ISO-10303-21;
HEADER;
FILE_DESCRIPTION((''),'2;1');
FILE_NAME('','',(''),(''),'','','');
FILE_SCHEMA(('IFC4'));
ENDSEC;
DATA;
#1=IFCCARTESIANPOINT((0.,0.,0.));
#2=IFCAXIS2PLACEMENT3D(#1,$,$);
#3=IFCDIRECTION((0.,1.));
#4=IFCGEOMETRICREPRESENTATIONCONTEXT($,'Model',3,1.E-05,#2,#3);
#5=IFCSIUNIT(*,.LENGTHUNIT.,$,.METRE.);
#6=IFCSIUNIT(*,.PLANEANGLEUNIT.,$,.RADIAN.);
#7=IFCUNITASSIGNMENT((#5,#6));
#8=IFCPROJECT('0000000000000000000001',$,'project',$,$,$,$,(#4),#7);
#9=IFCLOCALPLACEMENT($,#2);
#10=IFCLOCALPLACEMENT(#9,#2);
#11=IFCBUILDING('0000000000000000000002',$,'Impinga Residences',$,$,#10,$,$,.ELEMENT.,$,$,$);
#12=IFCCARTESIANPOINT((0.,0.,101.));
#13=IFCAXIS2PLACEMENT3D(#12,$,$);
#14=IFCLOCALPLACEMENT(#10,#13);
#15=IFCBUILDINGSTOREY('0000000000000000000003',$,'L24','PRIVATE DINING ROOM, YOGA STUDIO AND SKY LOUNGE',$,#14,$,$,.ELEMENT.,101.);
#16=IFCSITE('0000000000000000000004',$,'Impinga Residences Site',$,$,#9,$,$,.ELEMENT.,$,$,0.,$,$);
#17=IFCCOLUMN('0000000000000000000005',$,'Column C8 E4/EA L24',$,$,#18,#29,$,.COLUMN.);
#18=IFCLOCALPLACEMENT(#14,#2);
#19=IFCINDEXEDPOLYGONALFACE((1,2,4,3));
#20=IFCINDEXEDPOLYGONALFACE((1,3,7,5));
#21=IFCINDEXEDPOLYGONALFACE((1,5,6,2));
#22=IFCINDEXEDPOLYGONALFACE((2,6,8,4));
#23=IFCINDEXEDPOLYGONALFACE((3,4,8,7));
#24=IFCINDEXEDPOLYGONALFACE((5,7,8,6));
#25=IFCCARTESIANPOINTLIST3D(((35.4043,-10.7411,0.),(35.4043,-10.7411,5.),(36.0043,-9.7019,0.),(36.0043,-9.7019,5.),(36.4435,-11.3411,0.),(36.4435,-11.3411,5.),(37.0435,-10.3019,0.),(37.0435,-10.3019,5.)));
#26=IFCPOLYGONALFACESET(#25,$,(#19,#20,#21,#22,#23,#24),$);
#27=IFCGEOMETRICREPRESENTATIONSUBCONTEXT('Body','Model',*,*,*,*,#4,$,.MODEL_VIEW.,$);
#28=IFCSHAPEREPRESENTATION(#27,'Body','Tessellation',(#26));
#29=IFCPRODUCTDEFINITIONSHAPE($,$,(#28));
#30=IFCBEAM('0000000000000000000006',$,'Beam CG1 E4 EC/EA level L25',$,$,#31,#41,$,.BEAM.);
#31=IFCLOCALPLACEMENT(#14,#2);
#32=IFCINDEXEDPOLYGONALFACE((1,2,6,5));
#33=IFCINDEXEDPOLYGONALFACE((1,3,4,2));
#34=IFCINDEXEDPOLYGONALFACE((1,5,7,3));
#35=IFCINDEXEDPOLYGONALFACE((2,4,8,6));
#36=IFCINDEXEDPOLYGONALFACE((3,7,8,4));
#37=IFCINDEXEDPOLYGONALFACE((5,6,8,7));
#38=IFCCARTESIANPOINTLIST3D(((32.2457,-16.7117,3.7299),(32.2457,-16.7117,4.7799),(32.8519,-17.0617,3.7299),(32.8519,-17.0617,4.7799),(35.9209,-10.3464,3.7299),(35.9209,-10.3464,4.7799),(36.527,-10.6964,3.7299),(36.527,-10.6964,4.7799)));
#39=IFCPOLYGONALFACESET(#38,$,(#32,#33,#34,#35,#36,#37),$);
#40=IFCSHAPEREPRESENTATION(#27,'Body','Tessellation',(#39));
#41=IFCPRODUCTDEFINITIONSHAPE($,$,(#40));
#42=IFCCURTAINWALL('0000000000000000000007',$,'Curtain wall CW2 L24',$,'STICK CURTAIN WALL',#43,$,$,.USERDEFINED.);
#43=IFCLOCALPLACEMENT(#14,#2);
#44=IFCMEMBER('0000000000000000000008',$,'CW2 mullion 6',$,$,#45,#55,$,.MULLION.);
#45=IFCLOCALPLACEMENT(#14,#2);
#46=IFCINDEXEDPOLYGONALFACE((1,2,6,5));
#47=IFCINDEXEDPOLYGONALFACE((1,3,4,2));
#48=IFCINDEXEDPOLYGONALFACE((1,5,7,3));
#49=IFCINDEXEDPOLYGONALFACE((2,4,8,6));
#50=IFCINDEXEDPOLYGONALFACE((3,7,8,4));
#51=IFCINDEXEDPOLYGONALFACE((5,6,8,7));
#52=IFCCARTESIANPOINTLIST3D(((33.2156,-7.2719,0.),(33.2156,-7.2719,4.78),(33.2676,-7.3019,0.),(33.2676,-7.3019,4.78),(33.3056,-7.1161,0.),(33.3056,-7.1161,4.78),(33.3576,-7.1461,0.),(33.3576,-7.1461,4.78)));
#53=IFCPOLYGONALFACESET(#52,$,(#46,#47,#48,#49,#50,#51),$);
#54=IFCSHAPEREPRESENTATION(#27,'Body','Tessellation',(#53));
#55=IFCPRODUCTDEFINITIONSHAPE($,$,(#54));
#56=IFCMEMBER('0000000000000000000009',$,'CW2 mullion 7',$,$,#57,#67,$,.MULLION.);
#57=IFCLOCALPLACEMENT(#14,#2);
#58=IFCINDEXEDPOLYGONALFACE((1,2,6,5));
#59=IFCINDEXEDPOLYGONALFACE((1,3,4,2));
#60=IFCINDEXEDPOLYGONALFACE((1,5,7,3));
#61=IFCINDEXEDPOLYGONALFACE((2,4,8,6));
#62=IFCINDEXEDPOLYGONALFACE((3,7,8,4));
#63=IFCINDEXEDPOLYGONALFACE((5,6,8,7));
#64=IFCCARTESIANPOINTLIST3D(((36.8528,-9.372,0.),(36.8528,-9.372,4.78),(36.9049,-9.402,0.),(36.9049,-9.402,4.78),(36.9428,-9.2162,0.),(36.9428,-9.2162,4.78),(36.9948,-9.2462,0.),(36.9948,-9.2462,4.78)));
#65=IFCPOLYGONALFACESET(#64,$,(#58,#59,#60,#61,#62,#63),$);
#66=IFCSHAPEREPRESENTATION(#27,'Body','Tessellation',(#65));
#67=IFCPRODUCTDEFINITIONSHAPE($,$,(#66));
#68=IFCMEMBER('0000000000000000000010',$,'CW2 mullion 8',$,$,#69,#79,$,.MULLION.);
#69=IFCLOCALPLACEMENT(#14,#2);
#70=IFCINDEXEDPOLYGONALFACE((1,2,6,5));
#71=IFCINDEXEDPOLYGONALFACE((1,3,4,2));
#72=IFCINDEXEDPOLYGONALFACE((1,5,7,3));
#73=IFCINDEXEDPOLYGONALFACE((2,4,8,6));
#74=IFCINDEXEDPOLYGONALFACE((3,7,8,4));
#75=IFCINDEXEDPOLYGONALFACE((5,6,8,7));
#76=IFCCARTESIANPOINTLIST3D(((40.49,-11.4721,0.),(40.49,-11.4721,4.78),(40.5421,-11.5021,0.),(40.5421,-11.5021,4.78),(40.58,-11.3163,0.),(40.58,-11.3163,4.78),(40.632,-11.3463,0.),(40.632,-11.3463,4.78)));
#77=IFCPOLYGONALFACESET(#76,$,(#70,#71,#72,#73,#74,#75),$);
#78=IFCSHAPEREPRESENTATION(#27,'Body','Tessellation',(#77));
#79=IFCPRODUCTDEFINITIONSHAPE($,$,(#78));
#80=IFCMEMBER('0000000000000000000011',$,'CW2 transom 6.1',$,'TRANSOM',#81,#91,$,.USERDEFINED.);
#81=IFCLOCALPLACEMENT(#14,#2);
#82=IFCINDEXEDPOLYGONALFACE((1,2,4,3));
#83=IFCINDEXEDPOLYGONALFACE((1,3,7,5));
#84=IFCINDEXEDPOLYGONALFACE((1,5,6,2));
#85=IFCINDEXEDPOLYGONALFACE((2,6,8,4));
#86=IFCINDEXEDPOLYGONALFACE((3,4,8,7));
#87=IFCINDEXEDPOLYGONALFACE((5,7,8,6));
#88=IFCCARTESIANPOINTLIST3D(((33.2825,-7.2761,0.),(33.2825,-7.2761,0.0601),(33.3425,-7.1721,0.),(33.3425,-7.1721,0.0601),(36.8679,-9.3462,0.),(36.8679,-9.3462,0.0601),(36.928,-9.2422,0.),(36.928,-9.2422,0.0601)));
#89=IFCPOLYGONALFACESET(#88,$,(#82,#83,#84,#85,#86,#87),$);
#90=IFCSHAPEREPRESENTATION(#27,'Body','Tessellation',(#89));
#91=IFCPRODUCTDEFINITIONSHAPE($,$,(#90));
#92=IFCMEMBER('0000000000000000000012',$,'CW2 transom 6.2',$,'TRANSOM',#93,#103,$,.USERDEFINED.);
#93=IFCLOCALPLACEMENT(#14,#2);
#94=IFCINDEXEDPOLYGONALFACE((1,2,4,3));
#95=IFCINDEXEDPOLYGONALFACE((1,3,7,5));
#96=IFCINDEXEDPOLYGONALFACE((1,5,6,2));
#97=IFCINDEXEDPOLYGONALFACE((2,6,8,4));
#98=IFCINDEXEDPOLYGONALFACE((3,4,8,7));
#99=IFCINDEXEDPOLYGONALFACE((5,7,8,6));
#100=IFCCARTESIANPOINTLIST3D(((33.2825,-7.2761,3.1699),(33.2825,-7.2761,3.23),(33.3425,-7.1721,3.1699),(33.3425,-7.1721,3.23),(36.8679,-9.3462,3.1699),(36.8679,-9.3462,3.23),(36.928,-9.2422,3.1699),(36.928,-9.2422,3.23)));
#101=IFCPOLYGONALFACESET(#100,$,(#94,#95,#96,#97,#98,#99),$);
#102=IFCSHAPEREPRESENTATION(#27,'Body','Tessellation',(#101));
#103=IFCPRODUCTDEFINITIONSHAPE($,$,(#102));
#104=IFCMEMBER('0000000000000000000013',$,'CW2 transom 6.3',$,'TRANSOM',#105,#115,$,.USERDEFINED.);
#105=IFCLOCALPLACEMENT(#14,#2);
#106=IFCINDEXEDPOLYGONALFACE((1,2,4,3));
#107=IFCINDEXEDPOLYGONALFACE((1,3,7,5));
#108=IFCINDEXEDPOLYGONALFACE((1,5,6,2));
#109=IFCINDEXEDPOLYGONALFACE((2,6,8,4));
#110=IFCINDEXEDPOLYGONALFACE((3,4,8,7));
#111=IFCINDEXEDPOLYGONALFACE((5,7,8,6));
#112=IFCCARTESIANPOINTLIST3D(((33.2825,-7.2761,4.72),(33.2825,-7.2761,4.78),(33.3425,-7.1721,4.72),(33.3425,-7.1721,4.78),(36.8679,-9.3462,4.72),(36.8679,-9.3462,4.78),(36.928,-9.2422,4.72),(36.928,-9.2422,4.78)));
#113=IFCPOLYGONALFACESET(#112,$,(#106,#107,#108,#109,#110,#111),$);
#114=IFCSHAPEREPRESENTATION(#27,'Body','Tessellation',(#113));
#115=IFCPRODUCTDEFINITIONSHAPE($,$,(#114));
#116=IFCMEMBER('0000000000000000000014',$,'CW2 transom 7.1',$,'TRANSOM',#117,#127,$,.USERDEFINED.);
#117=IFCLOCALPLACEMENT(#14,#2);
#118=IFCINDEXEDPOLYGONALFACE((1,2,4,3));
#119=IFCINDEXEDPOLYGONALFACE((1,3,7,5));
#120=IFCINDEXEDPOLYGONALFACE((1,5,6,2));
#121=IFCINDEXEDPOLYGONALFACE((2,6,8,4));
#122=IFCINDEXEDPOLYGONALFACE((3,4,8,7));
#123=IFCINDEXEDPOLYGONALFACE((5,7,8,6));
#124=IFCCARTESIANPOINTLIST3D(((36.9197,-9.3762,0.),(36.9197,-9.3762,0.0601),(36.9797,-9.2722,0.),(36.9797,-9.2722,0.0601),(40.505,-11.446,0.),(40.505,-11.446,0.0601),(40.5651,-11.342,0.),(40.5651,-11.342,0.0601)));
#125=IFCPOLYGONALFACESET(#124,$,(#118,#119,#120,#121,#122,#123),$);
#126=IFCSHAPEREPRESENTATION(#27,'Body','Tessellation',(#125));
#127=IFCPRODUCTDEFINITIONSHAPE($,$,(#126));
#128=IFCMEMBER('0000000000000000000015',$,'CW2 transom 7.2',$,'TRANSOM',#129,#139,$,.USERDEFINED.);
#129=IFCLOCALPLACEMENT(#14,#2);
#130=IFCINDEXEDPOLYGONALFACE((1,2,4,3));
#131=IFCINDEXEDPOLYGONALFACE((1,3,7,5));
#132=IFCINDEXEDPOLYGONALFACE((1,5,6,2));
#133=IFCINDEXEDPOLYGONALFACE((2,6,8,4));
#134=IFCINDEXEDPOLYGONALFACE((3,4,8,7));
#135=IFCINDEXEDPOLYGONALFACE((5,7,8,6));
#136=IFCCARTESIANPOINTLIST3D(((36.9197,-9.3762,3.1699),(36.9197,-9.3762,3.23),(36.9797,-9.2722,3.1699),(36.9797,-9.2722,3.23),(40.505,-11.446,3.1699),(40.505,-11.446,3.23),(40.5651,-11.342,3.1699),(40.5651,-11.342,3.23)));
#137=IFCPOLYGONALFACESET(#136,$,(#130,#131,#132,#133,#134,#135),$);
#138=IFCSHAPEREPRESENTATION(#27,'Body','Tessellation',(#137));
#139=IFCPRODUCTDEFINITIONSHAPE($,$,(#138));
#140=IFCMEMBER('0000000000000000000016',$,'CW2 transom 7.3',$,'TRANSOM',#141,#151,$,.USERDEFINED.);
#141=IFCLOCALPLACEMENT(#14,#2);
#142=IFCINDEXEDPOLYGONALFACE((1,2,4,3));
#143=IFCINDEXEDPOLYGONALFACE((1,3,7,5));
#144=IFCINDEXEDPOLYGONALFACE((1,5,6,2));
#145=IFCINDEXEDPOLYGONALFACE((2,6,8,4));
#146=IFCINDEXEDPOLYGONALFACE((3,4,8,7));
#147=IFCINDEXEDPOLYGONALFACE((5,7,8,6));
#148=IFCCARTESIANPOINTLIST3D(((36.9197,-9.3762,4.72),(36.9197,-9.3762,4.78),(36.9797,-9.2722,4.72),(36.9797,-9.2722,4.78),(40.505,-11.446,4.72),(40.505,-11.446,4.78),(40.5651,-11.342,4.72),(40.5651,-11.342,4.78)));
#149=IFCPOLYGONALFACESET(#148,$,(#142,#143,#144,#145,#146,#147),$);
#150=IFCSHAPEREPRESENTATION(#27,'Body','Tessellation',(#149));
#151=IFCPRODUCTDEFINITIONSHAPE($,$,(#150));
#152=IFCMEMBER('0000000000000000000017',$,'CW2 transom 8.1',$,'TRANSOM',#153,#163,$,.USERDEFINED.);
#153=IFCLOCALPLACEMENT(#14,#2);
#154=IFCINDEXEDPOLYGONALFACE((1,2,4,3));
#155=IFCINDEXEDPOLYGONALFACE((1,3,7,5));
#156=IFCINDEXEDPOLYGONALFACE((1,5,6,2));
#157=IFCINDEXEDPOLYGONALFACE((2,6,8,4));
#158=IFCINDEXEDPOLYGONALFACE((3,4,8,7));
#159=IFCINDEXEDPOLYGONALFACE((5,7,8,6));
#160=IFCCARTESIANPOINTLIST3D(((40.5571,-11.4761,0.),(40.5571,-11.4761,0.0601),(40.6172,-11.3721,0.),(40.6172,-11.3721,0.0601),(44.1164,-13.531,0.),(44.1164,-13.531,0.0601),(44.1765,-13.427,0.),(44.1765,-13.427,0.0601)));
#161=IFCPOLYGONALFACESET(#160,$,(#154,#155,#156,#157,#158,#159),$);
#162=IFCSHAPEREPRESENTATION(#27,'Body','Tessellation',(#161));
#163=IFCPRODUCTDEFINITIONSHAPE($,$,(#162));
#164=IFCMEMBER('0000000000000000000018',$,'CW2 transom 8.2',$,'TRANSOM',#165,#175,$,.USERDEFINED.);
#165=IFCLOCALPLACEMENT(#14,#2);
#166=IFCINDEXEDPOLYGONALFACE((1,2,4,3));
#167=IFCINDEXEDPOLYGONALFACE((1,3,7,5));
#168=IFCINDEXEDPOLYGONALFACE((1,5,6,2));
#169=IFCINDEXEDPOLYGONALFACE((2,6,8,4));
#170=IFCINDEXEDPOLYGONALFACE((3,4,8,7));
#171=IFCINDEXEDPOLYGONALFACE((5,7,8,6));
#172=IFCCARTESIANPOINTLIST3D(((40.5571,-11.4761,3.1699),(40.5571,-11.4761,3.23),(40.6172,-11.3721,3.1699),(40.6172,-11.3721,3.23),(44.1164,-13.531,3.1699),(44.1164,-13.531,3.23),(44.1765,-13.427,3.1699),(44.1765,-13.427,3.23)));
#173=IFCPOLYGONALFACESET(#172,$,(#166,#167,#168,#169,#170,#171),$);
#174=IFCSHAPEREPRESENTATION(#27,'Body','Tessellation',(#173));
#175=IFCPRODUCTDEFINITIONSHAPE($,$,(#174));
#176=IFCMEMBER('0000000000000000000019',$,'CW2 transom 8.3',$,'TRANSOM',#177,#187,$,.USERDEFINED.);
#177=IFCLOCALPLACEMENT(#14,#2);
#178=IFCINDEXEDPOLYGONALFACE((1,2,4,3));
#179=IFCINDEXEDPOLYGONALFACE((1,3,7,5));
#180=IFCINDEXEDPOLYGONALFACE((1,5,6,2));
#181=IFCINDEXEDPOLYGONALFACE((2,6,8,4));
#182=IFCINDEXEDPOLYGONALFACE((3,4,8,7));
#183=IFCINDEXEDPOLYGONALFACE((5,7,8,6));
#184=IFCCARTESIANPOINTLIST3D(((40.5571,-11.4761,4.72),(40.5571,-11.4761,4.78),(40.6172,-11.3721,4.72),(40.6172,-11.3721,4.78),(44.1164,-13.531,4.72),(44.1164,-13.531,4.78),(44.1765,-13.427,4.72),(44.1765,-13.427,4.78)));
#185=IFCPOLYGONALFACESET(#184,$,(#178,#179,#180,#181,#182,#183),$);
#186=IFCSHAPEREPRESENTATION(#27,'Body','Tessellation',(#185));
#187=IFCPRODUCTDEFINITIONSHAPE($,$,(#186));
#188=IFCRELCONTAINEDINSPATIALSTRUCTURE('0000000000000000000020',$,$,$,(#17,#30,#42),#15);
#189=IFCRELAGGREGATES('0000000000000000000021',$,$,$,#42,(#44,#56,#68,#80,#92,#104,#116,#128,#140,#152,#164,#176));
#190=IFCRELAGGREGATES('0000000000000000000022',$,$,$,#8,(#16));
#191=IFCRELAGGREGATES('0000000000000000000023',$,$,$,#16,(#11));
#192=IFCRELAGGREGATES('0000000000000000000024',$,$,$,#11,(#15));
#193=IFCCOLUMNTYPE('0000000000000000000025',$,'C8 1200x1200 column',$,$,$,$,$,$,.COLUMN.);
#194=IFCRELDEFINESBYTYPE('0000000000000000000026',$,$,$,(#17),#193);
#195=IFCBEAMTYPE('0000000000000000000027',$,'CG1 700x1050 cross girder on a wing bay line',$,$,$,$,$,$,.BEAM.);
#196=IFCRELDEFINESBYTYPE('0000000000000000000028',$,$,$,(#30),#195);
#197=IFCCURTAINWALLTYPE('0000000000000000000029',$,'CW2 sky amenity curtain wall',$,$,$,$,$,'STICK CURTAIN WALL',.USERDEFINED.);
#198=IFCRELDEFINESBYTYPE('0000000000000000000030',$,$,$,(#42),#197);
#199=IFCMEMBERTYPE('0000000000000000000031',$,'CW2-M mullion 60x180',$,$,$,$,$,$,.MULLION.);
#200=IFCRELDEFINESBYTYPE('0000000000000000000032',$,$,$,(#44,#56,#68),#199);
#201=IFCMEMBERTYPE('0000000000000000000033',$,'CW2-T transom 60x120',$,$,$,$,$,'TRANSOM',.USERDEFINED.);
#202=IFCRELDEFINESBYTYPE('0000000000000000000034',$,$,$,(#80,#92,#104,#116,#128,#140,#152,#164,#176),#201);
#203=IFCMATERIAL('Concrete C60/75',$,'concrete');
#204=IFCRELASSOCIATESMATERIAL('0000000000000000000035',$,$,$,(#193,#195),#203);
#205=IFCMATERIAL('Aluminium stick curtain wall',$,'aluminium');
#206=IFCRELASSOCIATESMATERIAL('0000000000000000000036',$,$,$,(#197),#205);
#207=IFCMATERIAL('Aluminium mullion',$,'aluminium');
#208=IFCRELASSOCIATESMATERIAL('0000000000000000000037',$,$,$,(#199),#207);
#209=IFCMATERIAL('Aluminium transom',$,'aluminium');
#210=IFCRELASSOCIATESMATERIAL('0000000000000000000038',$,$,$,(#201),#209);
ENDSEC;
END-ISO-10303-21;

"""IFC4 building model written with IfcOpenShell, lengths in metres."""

from ifc_helpers import new_model, si_unit, direction, frame, origin, origin_2d, place, context, subcontext, project, spatial, rectangle, extrude, material, material_profile, profile_set, type_object, element, aggregate, save


model = new_model("IFC4")

# Units and contexts
model_context = context("Model", 3, precision=1e-05, world=origin(), true_north=direction((0.0, 1.0)))
body_context = subcontext(model_context, "Body", "Model", "MODEL_VIEW")
ifc_project = project(units=[si_unit("LENGTHUNIT", "METRE"), si_unit("PLANEANGLEUNIT", "RADIAN")], contexts=[model_context])

# Site, building, storey
site_placement = place(None, origin())
site = spatial("IfcSite", under=ifc_project, at=site_placement, Name="Impinga Residences Site", CompositionType="ELEMENT", RefElevation=0.0)
building_placement = place(site_placement, origin())
building = spatial("IfcBuilding", under=site, at=building_placement, Name="Impinga Residences", CompositionType="ELEMENT")
storey_placement = place(building_placement, frame((0.0, 0.0, 101.0)))
storey = spatial("IfcBuildingStorey", under=building, at=storey_placement, Name="L24", Description="PRIVATE DINING ROOM, YOGA STUDIO AND SKY LOUNGE", CompositionType="ELEMENT", Elevation=101.0)

# Column
ifc_material_1 = material(Name="Concrete C60/75", Category="concrete")
ifc_material_profile_1 = material_profile(ifc_material_1, rectangle(XDim=1.2, YDim=1.2, at=origin_2d()), Name="RC 1200x1200")
ifc_profile_set_1 = profile_set([ifc_material_profile_1], Name="Concrete C60/75")
column_type = type_object("IfcColumnType", Name="C8 1200x1200 column", PredefinedType="COLUMN", material=ifc_profile_set_1)
column_placement = place(storey_placement, frame((36.2239, -10.5215, 0.0), z_axis=(0.0, 0.0, 1.0), x_axis=(-0.5, -0.866025, 0.0)))
element("IfcColumn", 1, at=column_placement, inside=storey, type_object=column_type, Name="Column C8 E4/EA L24", PredefinedType="COLUMN", context=body_context, shape_type="SweptSolid", body=[
    extrude(rectangle(XDim=1.2, YDim=1.2, at=origin_2d()), origin(), (0.0, 0.0, 1.0), 5.0),
])

# Beam
ifc_material_profile_2 = material_profile(ifc_material_1, rectangle(XDim=0.7, YDim=1.05, at=origin_2d()), Name="RC 700x1050")
ifc_profile_set_2 = profile_set([ifc_material_profile_2], Name="Concrete C60/75")
beam_type_1 = type_object("IfcBeamType", Name="CG1 700x1050 cross girder on a wing bay line", PredefinedType="BEAM", material=ifc_profile_set_2)
beam_1_placement = place(storey_placement, frame((32.5488, -16.8867, 4.2549), z_axis=(0.500008, 0.866021, 0.0), x_axis=(-0.866021, 0.500008, 0.0)))
element("IfcBeam", 2, at=beam_1_placement, inside=storey, type_object=beam_type_1, Name="Beam CG1 E4 EC/EA level L25", PredefinedType="BEAM", context=body_context, shape_type="SweptSolid", body=[
    extrude(rectangle(XDim=0.7, YDim=1.05, at=origin_2d()), origin(), (0.0, 0.0, 1.0), 7.3501),
])

# Curtain wall, members
ifc_material_2 = material(Name="Aluminium stick curtain wall", Category="aluminium")
curtain_wall_type = type_object("IfcCurtainWallType", Name="CW2 sky amenity curtain wall", ElementType="STICK CURTAIN WALL", PredefinedType="USERDEFINED", material=ifc_material_2)
curtain_wall_placement = place(storey_placement, origin())
curtain_wall = element("IfcCurtainWall", 3, at=curtain_wall_placement, inside=storey, type_object=curtain_wall_type, Name="Curtain wall CW2 L24", ObjectType="STICK CURTAIN WALL", PredefinedType="USERDEFINED")
ifc_material_3 = material(Name="Aluminium mullion", Category="aluminium")
ifc_material_profile_3 = material_profile(ifc_material_3, rectangle(XDim=0.0601, YDim=0.1799, at=origin_2d()), Name="60x180 mullion")
ifc_profile_set_3 = profile_set([ifc_material_profile_3], Name="Aluminium mullion")
member_type_1 = type_object("IfcMemberType", Name="CW2-M mullion 60x180", PredefinedType="MULLION", material=ifc_profile_set_3)
member_1_placement = place(storey_placement, frame((33.2866, -7.209, 0.0), z_axis=(0.0, 0.0, 1.0), x_axis=(0.866025, -0.5, 0.0)))
member_1 = element("IfcMember", 4, at=member_1_placement, type_object=member_type_1, Name="CW2 mullion 6", PredefinedType="MULLION", context=body_context, shape_type="SweptSolid", body=[
    extrude(rectangle(XDim=0.0601, YDim=0.1799, at=origin_2d()), origin(), (0.0, 0.0, 1.0), 4.78),
])
member_2_placement = place(storey_placement, frame((36.9238, -9.3091, 0.0), z_axis=(0.0, 0.0, 1.0), x_axis=(0.866025, -0.5, 0.0)))
member_2 = element("IfcMember", 5, at=member_2_placement, type_object=member_type_1, Name="CW2 mullion 7", PredefinedType="MULLION", context=body_context, shape_type="SweptSolid", body=[
    extrude(rectangle(XDim=0.0601, YDim=0.1799, at=origin_2d()), origin(), (0.0, 0.0, 1.0), 4.78),
])
member_3_placement = place(storey_placement, frame((40.561, -11.4092, 0.0), z_axis=(0.0, 0.0, 1.0), x_axis=(0.866025, -0.5, 0.0)))
member_3 = element("IfcMember", 6, at=member_3_placement, type_object=member_type_1, Name="CW2 mullion 8", PredefinedType="MULLION", context=body_context, shape_type="SweptSolid", body=[
    extrude(rectangle(XDim=0.0601, YDim=0.1799, at=origin_2d()), origin(), (0.0, 0.0, 1.0), 4.78),
])
ifc_material_4 = material(Name="Aluminium transom", Category="aluminium")
ifc_material_profile_4 = material_profile(ifc_material_4, rectangle(XDim=0.0601, YDim=0.1201, at=origin_2d()), Name="60x120 transom")
ifc_profile_set_4 = profile_set([ifc_material_profile_4], Name="Aluminium transom")
member_type_2 = type_object("IfcMemberType", Name="CW2-T transom 60x120", ElementType="TRANSOM", PredefinedType="USERDEFINED", material=ifc_profile_set_4)
member_4_placement = place(storey_placement, frame((33.3125, -7.2241, 0.03), z_axis=(0.866025, -0.500002, 0.0), x_axis=(0.0, 0.0, 1.0)))
member_4 = element("IfcMember", 7, at=member_4_placement, type_object=member_type_2, Name="CW2 transom 6.1", ObjectType="TRANSOM", PredefinedType="USERDEFINED", context=body_context, shape_type="SweptSolid", body=[
    extrude(rectangle(XDim=0.0601, YDim=0.1201, at=origin_2d()), origin(), (0.0, 0.0, 1.0), 4.1401),
])
member_5_placement = place(storey_placement, frame((33.3125, -7.2241, 3.2), z_axis=(0.866025, -0.500002, 0.0), x_axis=(0.0, 0.0, 1.0)))
member_5 = element("IfcMember", 8, at=member_5_placement, type_object=member_type_2, Name="CW2 transom 6.2", ObjectType="TRANSOM", PredefinedType="USERDEFINED", context=body_context, shape_type="SweptSolid", body=[
    extrude(rectangle(XDim=0.0601, YDim=0.1201, at=origin_2d()), origin(), (0.0, 0.0, 1.0), 4.1401),
])
member_6_placement = place(storey_placement, frame((33.3125, -7.2241, 4.75), z_axis=(0.866025, -0.500002, 0.0), x_axis=(0.0, 0.0, 1.0)))
member_6 = element("IfcMember", 9, at=member_6_placement, type_object=member_type_2, Name="CW2 transom 6.3", ObjectType="TRANSOM", PredefinedType="USERDEFINED", context=body_context, shape_type="SweptSolid", body=[
    extrude(rectangle(XDim=0.0601, YDim=0.1201, at=origin_2d()), origin(), (0.0, 0.0, 1.0), 4.1401),
])
member_7_placement = place(storey_placement, frame((36.9497, -9.3242, 0.03), z_axis=(0.86605, -0.499957, 0.0), x_axis=(0.0, 0.0, 1.0)))
member_7 = element("IfcMember", 10, at=member_7_placement, type_object=member_type_2, Name="CW2 transom 7.1", ObjectType="TRANSOM", PredefinedType="USERDEFINED", context=body_context, shape_type="SweptSolid", body=[
    extrude(rectangle(XDim=0.0601, YDim=0.1201, at=origin_2d()), origin(), (0.0, 0.0, 1.0), 4.1399),
])
member_8_placement = place(storey_placement, frame((36.9497, -9.3242, 3.2), z_axis=(0.86605, -0.499957, 0.0), x_axis=(0.0, 0.0, 1.0)))
member_8 = element("IfcMember", 11, at=member_8_placement, type_object=member_type_2, Name="CW2 transom 7.2", ObjectType="TRANSOM", PredefinedType="USERDEFINED", context=body_context, shape_type="SweptSolid", body=[
    extrude(rectangle(XDim=0.0601, YDim=0.1201, at=origin_2d()), origin(), (0.0, 0.0, 1.0), 4.1399),
])
member_9_placement = place(storey_placement, frame((36.9497, -9.3242, 4.75), z_axis=(0.86605, -0.499957, 0.0), x_axis=(0.0, 0.0, 1.0)))
member_9 = element("IfcMember", 12, at=member_9_placement, type_object=member_type_2, Name="CW2 transom 7.3", ObjectType="TRANSOM", PredefinedType="USERDEFINED", context=body_context, shape_type="SweptSolid", body=[
    extrude(rectangle(XDim=0.0601, YDim=0.1201, at=origin_2d()), origin(), (0.0, 0.0, 1.0), 4.1399),
])
member_10_placement = place(storey_placement, frame((40.5872, -11.4241, 0.03), z_axis=(0.86603, -0.499992, 0.0), x_axis=(0.0, 0.0, 1.0)))
member_10 = element("IfcMember", 13, at=member_10_placement, type_object=member_type_2, Name="CW2 transom 8.1", ObjectType="TRANSOM", PredefinedType="USERDEFINED", context=body_context, shape_type="SweptSolid", body=[
    extrude(rectangle(XDim=0.0601, YDim=0.1201, at=origin_2d()), origin(), (0.0, 0.0, 1.0), 4.1099),
])
member_11_placement = place(storey_placement, frame((40.5872, -11.4241, 3.2), z_axis=(0.86603, -0.499992, 0.0), x_axis=(0.0, 0.0, 1.0)))
member_11 = element("IfcMember", 14, at=member_11_placement, type_object=member_type_2, Name="CW2 transom 8.2", ObjectType="TRANSOM", PredefinedType="USERDEFINED", context=body_context, shape_type="SweptSolid", body=[
    extrude(rectangle(XDim=0.0601, YDim=0.1201, at=origin_2d()), origin(), (0.0, 0.0, 1.0), 4.1099),
])
member_12_placement = place(storey_placement, frame((40.5872, -11.4241, 4.75), z_axis=(0.86603, -0.499992, 0.0), x_axis=(0.0, 0.0, 1.0)))
member_12 = element("IfcMember", 15, at=member_12_placement, type_object=member_type_2, Name="CW2 transom 8.3", ObjectType="TRANSOM", PredefinedType="USERDEFINED", context=body_context, shape_type="SweptSolid", body=[
    extrude(rectangle(XDim=0.0601, YDim=0.1201, at=origin_2d()), origin(), (0.0, 0.0, 1.0), 4.1099),
])

aggregate(curtain_wall, [member_1, member_2, member_3, member_4, member_5, member_6, member_7, member_8, member_9, member_10, member_11, member_12])

save(model, "model.ifc")
